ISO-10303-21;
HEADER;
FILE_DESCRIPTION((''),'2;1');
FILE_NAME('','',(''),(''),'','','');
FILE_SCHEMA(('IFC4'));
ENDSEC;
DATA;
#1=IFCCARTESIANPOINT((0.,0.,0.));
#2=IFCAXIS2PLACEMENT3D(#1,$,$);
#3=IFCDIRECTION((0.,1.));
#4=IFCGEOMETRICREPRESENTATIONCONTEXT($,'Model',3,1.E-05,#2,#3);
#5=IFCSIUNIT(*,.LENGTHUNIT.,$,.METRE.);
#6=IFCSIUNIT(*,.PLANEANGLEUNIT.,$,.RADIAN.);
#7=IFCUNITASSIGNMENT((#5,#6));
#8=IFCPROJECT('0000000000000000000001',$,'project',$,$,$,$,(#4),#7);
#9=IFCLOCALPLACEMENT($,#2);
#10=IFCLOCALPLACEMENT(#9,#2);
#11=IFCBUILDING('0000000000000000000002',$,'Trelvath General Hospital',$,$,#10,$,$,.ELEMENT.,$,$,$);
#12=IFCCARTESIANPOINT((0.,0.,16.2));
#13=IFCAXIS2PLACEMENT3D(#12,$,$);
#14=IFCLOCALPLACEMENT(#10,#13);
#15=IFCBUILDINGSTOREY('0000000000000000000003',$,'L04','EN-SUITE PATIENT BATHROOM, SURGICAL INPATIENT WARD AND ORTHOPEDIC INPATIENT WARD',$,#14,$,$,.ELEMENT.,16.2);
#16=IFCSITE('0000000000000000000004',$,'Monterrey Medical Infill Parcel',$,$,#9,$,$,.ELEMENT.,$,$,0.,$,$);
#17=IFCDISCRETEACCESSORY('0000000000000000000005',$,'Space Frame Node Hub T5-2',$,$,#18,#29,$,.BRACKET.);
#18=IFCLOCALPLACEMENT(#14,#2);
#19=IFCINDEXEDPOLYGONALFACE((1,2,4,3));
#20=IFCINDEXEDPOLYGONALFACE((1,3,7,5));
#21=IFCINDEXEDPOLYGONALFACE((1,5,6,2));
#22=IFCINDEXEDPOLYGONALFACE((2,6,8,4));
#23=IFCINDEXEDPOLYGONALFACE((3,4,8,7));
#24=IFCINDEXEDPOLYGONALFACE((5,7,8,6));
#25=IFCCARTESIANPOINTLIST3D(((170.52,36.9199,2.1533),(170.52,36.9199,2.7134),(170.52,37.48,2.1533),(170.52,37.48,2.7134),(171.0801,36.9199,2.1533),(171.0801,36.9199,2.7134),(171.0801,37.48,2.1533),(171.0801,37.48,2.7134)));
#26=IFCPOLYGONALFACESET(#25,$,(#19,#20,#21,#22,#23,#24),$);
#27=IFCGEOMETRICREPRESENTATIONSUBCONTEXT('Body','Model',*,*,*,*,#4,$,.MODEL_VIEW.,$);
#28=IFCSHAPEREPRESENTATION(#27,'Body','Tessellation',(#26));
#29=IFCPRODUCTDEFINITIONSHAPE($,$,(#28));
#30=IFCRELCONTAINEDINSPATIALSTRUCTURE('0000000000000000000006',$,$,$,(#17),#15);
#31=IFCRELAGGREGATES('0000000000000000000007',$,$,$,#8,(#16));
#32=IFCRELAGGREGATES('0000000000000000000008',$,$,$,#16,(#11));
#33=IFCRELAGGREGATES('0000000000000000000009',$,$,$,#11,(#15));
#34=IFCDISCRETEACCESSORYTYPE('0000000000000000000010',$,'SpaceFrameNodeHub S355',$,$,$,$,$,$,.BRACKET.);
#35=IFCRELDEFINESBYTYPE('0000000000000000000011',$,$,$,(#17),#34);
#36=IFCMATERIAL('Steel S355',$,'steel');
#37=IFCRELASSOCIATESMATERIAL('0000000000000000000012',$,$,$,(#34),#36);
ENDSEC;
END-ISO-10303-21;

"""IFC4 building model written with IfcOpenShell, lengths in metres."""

from ifc_helpers import new_model, si_unit, direction, frame, origin, origin_2d, place, context, subcontext, project, spatial, rectangle, extrude, material, type_object, element, save


model = new_model("IFC4")

# Units and contexts
model_context = context("Model", 3, precision=1e-05, world=origin(), true_north=direction((0.0, 1.0)))
body_context = subcontext(model_context, "Body", "Model", "MODEL_VIEW")
ifc_project = project(units=[si_unit("LENGTHUNIT", "METRE"), si_unit("PLANEANGLEUNIT", "RADIAN")], contexts=[model_context])

# Site, building, storey
site_placement = place(None, origin())
site = spatial("IfcSite", under=ifc_project, at=site_placement, Name="Monterrey Medical Infill Parcel", CompositionType="ELEMENT", RefElevation=0.0)
building_placement = place(site_placement, origin())
building = spatial("IfcBuilding", under=site, at=building_placement, Name="Trelvath General Hospital", CompositionType="ELEMENT")
storey_placement = place(building_placement, frame((0.0, 0.0, 16.2)))
storey = spatial("IfcBuildingStorey", under=building, at=storey_placement, Name="L04", Description="EN-SUITE PATIENT BATHROOM, SURGICAL INPATIENT WARD AND ORTHOPEDIC INPATIENT WARD", CompositionType="ELEMENT", Elevation=16.2)

# Discrete accessory
ifc_material_1 = material(Name="Steel S355", Category="steel")
discrete_accessory_type = type_object("IfcDiscreteAccessoryType", Name="SpaceFrameNodeHub S355", PredefinedType="BRACKET", material=ifc_material_1)
for number, where, z_axis, x_axis, name in (
    (1, (170.8, 37.2, 2.1533), (0.0, 0.0, 1.0), (1.0, 0.0, 0.0), "Space Frame Node Hub T5-2"),
):
    element("IfcDiscreteAccessory", number, at=place(storey_placement, frame(where, z_axis=z_axis, x_axis=x_axis)), inside=storey, type_object=discrete_accessory_type, Name=name, PredefinedType="BRACKET", context=body_context, shape_type="SweptSolid", body=[
        extrude(rectangle(XDim=0.5601, YDim=0.5601, at=origin_2d()), origin(), (0.0, 0.0, 1.0), 0.5601),
    ])

save(model, "model.ifc")
